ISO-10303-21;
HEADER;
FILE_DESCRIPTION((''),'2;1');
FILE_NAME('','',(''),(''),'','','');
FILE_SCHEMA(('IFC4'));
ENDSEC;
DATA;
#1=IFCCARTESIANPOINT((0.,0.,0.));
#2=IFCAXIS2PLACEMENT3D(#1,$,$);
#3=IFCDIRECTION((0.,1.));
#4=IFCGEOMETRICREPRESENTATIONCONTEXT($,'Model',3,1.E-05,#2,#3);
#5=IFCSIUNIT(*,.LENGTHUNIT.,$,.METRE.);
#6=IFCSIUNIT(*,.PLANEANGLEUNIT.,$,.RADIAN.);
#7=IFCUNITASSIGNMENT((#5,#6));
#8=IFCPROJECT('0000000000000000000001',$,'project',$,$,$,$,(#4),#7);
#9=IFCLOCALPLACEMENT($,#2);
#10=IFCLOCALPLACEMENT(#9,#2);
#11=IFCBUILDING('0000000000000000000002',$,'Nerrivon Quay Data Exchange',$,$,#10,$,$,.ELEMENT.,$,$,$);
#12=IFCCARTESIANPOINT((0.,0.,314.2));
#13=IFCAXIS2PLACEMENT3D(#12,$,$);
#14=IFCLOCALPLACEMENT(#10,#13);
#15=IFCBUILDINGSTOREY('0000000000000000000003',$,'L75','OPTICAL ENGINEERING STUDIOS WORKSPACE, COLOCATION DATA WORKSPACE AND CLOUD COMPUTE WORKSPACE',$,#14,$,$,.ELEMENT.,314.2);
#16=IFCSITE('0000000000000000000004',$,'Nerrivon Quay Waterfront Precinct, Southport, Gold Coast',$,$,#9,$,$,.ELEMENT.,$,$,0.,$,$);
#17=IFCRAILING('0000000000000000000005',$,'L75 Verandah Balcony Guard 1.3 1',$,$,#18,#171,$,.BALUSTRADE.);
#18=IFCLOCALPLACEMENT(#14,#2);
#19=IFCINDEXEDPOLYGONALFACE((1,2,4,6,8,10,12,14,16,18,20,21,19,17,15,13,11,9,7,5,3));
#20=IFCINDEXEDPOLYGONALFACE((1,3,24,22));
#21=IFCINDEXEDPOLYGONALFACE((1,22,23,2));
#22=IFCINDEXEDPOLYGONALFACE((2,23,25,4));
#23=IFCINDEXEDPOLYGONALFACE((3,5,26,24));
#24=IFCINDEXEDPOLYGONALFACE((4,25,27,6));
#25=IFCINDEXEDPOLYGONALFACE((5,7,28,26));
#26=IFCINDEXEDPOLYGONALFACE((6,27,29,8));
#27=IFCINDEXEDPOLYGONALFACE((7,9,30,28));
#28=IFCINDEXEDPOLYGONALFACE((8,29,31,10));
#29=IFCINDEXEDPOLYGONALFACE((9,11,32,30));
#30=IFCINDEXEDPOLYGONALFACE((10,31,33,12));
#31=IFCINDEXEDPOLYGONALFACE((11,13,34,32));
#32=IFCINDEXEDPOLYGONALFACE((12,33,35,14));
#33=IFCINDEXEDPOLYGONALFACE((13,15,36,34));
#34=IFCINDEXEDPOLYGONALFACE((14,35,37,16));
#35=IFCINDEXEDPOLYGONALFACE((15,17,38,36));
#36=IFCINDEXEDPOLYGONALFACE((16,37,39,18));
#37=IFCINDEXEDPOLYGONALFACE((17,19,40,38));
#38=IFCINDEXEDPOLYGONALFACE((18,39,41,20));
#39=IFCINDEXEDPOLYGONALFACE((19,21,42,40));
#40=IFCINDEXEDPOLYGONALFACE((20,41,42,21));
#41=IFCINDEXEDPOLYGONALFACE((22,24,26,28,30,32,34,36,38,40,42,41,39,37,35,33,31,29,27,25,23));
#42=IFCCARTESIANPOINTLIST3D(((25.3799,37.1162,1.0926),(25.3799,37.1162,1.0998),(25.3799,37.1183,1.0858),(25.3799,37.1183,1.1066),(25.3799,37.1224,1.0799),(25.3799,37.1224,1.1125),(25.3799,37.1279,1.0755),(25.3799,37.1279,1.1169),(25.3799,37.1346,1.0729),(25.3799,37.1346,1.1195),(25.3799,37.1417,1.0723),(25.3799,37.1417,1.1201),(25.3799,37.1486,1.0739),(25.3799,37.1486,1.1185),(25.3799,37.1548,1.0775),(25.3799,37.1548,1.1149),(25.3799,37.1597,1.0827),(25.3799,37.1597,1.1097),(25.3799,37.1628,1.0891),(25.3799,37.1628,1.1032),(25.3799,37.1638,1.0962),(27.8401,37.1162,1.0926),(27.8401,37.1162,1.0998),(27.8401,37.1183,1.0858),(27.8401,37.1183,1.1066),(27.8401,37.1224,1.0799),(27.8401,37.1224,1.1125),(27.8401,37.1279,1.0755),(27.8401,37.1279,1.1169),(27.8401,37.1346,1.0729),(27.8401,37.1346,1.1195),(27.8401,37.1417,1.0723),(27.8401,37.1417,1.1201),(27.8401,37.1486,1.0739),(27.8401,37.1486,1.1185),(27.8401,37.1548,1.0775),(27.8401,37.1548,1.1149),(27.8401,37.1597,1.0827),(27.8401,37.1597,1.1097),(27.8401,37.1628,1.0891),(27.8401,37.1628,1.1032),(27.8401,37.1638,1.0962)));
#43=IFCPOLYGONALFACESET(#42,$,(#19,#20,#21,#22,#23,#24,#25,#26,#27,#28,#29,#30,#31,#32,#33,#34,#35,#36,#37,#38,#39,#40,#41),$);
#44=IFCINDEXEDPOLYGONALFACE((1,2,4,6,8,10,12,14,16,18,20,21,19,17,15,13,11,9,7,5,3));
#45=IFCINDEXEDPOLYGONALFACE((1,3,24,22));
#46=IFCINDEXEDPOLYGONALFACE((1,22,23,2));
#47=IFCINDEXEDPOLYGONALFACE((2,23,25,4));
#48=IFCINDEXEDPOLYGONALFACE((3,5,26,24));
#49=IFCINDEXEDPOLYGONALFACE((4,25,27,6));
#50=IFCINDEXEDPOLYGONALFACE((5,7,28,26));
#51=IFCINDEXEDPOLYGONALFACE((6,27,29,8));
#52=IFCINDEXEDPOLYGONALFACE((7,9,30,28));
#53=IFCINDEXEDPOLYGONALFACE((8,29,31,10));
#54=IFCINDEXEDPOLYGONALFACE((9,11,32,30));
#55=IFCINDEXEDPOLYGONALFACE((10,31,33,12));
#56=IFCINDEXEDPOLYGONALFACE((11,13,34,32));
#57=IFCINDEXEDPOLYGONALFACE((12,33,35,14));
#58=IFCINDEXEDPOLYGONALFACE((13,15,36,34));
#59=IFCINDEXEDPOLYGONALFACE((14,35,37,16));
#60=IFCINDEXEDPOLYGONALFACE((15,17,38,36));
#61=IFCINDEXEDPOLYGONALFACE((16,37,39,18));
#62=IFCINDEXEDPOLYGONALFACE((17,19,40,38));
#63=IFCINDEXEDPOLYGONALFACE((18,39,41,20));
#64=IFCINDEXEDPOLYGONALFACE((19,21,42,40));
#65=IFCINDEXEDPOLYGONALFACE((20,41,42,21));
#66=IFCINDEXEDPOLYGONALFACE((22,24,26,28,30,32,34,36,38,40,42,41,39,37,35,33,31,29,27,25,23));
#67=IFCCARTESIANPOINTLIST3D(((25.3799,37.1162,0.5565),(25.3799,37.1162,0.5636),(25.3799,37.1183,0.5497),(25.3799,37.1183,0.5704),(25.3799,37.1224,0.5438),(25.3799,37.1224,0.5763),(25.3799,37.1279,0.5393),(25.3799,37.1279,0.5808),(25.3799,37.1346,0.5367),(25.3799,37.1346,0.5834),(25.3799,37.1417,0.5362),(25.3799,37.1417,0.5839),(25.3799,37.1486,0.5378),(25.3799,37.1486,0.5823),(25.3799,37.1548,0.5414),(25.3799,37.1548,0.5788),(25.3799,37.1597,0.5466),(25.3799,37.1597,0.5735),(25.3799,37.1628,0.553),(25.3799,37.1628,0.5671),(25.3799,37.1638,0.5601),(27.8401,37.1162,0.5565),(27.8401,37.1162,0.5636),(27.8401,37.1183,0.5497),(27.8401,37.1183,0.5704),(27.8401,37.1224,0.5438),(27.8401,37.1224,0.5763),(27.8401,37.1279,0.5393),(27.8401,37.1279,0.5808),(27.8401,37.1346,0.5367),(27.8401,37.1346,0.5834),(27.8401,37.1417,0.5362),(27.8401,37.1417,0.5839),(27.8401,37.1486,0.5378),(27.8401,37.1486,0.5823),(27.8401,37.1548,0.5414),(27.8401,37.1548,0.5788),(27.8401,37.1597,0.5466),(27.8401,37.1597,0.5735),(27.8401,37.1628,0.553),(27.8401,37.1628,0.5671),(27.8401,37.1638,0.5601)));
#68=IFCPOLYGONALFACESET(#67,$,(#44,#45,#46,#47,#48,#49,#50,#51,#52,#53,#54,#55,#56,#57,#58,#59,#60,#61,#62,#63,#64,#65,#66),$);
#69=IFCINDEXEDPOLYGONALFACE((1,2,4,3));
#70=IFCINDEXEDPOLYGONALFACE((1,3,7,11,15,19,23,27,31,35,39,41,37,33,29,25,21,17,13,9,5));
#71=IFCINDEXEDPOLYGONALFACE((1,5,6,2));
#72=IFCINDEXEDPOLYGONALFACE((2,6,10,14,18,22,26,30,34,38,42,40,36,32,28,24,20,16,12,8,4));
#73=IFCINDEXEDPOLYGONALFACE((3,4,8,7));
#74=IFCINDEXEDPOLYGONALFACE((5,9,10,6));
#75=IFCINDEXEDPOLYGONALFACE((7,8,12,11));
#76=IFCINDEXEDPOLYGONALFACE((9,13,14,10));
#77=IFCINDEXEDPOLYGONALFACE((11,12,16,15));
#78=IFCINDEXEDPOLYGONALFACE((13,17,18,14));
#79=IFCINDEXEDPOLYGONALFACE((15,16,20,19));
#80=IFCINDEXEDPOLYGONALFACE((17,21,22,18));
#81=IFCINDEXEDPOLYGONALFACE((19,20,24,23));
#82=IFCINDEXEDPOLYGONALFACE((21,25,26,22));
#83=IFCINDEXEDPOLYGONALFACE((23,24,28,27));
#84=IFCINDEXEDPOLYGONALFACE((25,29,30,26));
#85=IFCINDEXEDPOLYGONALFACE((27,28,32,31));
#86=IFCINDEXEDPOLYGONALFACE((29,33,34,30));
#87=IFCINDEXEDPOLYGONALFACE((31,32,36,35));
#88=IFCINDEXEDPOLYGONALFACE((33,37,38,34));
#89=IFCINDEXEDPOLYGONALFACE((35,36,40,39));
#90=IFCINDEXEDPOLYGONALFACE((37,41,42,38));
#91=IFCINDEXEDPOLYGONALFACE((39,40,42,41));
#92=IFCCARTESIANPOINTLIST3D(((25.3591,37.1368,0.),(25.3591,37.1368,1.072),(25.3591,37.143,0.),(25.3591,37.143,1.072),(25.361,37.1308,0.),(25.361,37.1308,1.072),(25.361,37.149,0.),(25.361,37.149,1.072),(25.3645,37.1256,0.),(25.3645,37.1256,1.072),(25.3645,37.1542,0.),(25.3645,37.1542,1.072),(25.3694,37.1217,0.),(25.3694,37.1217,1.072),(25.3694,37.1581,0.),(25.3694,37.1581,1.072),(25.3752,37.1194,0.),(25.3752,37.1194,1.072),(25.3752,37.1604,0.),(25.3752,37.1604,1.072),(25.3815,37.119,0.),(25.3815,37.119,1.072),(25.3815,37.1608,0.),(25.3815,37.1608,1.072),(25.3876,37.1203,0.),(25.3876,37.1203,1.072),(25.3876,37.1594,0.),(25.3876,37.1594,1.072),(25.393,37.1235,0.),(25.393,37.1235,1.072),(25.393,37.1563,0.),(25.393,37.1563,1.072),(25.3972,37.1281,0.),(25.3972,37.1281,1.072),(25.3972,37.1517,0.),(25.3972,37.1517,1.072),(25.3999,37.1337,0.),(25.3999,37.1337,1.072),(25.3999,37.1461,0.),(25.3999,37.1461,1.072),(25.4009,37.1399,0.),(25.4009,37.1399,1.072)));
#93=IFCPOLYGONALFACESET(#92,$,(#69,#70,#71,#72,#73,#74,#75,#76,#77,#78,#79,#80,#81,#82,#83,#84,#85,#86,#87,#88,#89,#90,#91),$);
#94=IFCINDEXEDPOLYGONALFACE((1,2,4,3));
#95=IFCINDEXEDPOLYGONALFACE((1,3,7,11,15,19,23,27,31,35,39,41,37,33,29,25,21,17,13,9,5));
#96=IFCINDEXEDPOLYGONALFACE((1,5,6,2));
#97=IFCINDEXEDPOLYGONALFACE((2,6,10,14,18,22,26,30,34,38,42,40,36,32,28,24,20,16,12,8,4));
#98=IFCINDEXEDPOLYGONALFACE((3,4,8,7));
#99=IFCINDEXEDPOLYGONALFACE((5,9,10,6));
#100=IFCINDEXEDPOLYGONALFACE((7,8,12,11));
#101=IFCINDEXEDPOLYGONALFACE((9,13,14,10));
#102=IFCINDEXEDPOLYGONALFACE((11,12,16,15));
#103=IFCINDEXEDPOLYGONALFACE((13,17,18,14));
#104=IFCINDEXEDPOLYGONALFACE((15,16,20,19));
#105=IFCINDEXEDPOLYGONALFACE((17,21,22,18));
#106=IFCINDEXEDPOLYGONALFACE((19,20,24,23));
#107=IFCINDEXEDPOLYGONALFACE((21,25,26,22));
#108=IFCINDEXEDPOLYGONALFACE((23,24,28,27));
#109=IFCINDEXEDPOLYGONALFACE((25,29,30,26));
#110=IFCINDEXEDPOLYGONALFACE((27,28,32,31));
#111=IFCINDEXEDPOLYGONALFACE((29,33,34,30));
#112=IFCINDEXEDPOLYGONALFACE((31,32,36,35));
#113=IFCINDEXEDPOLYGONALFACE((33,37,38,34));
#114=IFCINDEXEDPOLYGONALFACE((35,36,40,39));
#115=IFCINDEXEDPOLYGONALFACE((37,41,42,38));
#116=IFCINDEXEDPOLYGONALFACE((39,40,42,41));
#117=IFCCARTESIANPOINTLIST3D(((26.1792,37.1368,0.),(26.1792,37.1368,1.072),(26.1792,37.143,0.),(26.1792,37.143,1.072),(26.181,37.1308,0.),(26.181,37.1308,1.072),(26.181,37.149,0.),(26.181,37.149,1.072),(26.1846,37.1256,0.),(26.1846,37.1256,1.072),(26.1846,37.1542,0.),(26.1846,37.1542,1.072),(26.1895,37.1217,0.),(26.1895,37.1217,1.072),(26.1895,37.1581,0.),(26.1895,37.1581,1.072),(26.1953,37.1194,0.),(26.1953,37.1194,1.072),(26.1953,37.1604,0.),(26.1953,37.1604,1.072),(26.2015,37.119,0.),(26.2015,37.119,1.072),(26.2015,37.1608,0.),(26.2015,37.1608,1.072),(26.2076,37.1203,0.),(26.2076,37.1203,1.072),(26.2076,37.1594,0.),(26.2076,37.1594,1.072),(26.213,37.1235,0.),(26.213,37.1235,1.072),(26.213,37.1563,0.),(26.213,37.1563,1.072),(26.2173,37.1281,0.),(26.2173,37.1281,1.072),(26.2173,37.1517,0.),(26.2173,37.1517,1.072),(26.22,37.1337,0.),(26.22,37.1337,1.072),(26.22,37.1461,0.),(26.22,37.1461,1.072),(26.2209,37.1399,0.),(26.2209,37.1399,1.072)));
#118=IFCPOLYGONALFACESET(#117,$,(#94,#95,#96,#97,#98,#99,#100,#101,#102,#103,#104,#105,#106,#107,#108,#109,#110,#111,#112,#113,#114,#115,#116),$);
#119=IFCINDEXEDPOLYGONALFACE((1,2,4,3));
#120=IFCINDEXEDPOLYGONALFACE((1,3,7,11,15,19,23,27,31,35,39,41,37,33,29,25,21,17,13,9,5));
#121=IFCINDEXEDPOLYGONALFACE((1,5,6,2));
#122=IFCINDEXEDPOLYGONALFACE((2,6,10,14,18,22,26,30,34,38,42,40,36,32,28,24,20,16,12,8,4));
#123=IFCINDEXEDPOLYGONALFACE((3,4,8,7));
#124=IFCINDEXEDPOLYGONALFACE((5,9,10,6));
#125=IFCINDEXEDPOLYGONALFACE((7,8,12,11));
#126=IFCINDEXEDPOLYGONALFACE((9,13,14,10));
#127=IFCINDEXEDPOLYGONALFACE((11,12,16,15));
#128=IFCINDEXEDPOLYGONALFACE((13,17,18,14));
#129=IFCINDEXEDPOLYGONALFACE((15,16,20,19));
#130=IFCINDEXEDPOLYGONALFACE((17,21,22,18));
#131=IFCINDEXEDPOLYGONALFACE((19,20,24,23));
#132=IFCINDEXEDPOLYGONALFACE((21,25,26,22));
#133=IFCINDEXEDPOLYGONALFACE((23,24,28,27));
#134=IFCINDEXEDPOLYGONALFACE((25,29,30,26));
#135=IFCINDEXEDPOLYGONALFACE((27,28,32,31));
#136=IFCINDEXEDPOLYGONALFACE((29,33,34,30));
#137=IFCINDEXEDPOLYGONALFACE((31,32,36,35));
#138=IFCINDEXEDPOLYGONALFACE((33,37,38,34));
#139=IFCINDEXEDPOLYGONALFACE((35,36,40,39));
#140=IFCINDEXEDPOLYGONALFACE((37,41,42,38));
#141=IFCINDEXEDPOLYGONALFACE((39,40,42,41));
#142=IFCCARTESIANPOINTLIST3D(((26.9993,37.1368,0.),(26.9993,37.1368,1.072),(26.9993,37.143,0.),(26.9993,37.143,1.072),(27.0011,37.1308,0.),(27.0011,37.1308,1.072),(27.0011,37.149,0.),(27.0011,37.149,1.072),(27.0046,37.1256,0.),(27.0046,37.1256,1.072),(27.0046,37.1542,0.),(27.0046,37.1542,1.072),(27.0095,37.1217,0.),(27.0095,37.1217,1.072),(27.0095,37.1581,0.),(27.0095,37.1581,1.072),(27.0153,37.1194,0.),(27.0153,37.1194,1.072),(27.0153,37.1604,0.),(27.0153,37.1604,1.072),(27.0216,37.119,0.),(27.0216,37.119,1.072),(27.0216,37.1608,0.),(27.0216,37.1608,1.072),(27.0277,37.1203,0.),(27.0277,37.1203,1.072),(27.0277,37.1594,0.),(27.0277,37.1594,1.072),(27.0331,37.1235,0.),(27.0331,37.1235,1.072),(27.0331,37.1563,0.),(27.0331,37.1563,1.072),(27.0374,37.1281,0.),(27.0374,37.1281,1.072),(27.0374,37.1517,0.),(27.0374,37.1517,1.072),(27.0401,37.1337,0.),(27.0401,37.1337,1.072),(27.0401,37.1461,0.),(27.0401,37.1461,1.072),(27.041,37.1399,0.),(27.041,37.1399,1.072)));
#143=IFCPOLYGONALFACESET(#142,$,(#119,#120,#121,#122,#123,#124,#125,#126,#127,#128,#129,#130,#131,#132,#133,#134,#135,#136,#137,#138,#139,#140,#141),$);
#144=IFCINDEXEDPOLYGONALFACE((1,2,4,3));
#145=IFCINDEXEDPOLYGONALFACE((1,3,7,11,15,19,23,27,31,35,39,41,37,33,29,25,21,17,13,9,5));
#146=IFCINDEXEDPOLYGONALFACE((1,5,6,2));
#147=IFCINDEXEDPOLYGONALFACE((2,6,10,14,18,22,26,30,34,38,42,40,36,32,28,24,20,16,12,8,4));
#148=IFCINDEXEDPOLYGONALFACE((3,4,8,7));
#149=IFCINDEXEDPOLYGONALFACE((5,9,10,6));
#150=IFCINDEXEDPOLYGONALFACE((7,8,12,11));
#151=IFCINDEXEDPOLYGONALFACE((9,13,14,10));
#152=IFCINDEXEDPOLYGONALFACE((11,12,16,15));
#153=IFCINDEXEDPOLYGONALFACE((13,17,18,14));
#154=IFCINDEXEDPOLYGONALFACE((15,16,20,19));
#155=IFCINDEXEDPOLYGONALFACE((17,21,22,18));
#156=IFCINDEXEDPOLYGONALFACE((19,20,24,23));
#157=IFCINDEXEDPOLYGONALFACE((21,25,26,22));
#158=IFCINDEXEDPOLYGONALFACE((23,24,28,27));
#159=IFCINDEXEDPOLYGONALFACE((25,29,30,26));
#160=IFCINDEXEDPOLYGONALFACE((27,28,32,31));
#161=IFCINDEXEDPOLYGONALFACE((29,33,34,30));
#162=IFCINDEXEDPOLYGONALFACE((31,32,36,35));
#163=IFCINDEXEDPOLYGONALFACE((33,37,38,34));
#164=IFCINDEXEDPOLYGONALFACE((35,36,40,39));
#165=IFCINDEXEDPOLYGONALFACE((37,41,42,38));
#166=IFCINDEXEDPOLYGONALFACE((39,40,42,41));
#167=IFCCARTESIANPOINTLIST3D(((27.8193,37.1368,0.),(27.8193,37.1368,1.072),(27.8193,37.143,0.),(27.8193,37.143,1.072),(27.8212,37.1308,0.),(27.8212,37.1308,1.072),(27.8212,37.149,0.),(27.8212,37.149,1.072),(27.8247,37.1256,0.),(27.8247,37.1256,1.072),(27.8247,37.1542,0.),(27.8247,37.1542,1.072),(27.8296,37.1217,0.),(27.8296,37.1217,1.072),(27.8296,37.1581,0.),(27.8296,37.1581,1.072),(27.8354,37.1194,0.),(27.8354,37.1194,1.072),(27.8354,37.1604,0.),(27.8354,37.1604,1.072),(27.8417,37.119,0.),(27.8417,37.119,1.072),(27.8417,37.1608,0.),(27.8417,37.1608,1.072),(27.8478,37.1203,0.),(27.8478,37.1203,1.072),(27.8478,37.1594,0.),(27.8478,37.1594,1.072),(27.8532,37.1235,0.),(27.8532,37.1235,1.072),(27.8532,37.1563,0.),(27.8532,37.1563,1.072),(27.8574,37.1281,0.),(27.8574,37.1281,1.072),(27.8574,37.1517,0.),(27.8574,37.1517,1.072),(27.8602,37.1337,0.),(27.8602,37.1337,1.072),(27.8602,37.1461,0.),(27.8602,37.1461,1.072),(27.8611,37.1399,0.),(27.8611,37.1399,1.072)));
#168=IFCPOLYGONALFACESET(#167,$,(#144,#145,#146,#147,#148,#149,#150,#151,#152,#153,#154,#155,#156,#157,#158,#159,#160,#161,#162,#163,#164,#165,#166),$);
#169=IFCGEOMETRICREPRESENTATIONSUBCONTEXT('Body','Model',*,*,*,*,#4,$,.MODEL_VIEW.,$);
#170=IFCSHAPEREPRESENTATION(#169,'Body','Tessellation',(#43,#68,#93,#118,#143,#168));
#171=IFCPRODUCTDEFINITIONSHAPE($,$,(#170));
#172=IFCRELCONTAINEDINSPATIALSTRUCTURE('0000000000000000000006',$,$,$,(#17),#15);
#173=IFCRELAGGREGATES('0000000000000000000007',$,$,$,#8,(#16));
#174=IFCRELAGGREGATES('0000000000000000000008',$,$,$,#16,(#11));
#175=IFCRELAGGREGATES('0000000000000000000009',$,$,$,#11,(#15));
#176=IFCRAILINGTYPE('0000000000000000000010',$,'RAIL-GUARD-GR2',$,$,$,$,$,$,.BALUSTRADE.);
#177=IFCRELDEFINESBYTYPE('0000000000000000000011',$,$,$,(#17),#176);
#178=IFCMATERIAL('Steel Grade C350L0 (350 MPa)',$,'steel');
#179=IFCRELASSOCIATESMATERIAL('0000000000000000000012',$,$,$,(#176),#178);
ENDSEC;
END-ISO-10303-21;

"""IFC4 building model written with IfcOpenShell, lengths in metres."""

from ifc_helpers import new_model, si_unit, direction, frame, origin, origin_2d, place, context, subcontext, project, spatial, circle, extrude, material, type_object, element, save


model = new_model("IFC4")

# Units and contexts
model_context = context("Model", 3, precision=1e-05, world=origin(), true_north=direction((0.0, 1.0)))
body_context = subcontext(model_context, "Body", "Model", "MODEL_VIEW")
ifc_project = project(units=[si_unit("LENGTHUNIT", "METRE"), si_unit("PLANEANGLEUNIT", "RADIAN")], contexts=[model_context])

# Site, building, storey
site_placement = place(None, origin())
site = spatial("IfcSite", under=ifc_project, at=site_placement, Name="Nerrivon Quay Waterfront Precinct, Southport, Gold Coast", CompositionType="ELEMENT", RefElevation=0.0)
building_placement = place(site_placement, origin())
building = spatial("IfcBuilding", under=site, at=building_placement, Name="Nerrivon Quay Data Exchange", CompositionType="ELEMENT")
storey_placement = place(building_placement, frame((0.0, 0.0, 314.2)))
storey = spatial("IfcBuildingStorey", under=building, at=storey_placement, Name="L75", Description="OPTICAL ENGINEERING STUDIOS WORKSPACE, COLOCATION DATA WORKSPACE AND CLOUD COMPUTE WORKSPACE", CompositionType="ELEMENT", Elevation=314.2)

# Railing
ifc_material_1 = material(Name="Steel Grade C350L0 (350 MPa)", Category="steel")
railing_type = type_object("IfcRailingType", Name="RAIL-GUARD-GR2", PredefinedType="BALUSTRADE", material=ifc_material_1)
railing_1_placement = place(storey_placement, frame((25.3799, 37.1399, 0.0)))
element("IfcRailing", 1, at=railing_1_placement, inside=storey, type_object=railing_type, Name="L75 Verandah Balcony Guard 1.3 1", PredefinedType="BALUSTRADE", context=body_context, shape_type="SweptSolid", body=[
    extrude(circle(Radius=0.0239, at=origin_2d()), frame((0.0, 0.0, 1.0962), z_axis=(1.0, 0.0, 0.0), x_axis=(0.0, 1.0, 0.0)), (0.0, 0.0, 1.0), 2.4602),
    extrude(circle(Radius=0.0239, at=origin_2d()), frame((0.0, 0.0, 0.5601), z_axis=(1.0, 0.0, 0.0), x_axis=(0.0, 1.0, 0.0)), (0.0, 0.0, 1.0), 2.4602),
    extrude(circle(Radius=0.021, at=origin_2d()), origin(), (0.0, 0.0, 1.0), 1.072),
    extrude(circle(Radius=0.021, at=origin_2d()), frame((0.8201, 0.0, 0.0)), (0.0, 0.0, 1.0), 1.072),
    extrude(circle(Radius=0.021, at=origin_2d()), frame((1.6401, 0.0, 0.0)), (0.0, 0.0, 1.0), 1.072),
    extrude(circle(Radius=0.021, at=origin_2d()), frame((2.4602, 0.0, 0.0)), (0.0, 0.0, 1.0), 1.072),
])

save(model, "model.ifc")
